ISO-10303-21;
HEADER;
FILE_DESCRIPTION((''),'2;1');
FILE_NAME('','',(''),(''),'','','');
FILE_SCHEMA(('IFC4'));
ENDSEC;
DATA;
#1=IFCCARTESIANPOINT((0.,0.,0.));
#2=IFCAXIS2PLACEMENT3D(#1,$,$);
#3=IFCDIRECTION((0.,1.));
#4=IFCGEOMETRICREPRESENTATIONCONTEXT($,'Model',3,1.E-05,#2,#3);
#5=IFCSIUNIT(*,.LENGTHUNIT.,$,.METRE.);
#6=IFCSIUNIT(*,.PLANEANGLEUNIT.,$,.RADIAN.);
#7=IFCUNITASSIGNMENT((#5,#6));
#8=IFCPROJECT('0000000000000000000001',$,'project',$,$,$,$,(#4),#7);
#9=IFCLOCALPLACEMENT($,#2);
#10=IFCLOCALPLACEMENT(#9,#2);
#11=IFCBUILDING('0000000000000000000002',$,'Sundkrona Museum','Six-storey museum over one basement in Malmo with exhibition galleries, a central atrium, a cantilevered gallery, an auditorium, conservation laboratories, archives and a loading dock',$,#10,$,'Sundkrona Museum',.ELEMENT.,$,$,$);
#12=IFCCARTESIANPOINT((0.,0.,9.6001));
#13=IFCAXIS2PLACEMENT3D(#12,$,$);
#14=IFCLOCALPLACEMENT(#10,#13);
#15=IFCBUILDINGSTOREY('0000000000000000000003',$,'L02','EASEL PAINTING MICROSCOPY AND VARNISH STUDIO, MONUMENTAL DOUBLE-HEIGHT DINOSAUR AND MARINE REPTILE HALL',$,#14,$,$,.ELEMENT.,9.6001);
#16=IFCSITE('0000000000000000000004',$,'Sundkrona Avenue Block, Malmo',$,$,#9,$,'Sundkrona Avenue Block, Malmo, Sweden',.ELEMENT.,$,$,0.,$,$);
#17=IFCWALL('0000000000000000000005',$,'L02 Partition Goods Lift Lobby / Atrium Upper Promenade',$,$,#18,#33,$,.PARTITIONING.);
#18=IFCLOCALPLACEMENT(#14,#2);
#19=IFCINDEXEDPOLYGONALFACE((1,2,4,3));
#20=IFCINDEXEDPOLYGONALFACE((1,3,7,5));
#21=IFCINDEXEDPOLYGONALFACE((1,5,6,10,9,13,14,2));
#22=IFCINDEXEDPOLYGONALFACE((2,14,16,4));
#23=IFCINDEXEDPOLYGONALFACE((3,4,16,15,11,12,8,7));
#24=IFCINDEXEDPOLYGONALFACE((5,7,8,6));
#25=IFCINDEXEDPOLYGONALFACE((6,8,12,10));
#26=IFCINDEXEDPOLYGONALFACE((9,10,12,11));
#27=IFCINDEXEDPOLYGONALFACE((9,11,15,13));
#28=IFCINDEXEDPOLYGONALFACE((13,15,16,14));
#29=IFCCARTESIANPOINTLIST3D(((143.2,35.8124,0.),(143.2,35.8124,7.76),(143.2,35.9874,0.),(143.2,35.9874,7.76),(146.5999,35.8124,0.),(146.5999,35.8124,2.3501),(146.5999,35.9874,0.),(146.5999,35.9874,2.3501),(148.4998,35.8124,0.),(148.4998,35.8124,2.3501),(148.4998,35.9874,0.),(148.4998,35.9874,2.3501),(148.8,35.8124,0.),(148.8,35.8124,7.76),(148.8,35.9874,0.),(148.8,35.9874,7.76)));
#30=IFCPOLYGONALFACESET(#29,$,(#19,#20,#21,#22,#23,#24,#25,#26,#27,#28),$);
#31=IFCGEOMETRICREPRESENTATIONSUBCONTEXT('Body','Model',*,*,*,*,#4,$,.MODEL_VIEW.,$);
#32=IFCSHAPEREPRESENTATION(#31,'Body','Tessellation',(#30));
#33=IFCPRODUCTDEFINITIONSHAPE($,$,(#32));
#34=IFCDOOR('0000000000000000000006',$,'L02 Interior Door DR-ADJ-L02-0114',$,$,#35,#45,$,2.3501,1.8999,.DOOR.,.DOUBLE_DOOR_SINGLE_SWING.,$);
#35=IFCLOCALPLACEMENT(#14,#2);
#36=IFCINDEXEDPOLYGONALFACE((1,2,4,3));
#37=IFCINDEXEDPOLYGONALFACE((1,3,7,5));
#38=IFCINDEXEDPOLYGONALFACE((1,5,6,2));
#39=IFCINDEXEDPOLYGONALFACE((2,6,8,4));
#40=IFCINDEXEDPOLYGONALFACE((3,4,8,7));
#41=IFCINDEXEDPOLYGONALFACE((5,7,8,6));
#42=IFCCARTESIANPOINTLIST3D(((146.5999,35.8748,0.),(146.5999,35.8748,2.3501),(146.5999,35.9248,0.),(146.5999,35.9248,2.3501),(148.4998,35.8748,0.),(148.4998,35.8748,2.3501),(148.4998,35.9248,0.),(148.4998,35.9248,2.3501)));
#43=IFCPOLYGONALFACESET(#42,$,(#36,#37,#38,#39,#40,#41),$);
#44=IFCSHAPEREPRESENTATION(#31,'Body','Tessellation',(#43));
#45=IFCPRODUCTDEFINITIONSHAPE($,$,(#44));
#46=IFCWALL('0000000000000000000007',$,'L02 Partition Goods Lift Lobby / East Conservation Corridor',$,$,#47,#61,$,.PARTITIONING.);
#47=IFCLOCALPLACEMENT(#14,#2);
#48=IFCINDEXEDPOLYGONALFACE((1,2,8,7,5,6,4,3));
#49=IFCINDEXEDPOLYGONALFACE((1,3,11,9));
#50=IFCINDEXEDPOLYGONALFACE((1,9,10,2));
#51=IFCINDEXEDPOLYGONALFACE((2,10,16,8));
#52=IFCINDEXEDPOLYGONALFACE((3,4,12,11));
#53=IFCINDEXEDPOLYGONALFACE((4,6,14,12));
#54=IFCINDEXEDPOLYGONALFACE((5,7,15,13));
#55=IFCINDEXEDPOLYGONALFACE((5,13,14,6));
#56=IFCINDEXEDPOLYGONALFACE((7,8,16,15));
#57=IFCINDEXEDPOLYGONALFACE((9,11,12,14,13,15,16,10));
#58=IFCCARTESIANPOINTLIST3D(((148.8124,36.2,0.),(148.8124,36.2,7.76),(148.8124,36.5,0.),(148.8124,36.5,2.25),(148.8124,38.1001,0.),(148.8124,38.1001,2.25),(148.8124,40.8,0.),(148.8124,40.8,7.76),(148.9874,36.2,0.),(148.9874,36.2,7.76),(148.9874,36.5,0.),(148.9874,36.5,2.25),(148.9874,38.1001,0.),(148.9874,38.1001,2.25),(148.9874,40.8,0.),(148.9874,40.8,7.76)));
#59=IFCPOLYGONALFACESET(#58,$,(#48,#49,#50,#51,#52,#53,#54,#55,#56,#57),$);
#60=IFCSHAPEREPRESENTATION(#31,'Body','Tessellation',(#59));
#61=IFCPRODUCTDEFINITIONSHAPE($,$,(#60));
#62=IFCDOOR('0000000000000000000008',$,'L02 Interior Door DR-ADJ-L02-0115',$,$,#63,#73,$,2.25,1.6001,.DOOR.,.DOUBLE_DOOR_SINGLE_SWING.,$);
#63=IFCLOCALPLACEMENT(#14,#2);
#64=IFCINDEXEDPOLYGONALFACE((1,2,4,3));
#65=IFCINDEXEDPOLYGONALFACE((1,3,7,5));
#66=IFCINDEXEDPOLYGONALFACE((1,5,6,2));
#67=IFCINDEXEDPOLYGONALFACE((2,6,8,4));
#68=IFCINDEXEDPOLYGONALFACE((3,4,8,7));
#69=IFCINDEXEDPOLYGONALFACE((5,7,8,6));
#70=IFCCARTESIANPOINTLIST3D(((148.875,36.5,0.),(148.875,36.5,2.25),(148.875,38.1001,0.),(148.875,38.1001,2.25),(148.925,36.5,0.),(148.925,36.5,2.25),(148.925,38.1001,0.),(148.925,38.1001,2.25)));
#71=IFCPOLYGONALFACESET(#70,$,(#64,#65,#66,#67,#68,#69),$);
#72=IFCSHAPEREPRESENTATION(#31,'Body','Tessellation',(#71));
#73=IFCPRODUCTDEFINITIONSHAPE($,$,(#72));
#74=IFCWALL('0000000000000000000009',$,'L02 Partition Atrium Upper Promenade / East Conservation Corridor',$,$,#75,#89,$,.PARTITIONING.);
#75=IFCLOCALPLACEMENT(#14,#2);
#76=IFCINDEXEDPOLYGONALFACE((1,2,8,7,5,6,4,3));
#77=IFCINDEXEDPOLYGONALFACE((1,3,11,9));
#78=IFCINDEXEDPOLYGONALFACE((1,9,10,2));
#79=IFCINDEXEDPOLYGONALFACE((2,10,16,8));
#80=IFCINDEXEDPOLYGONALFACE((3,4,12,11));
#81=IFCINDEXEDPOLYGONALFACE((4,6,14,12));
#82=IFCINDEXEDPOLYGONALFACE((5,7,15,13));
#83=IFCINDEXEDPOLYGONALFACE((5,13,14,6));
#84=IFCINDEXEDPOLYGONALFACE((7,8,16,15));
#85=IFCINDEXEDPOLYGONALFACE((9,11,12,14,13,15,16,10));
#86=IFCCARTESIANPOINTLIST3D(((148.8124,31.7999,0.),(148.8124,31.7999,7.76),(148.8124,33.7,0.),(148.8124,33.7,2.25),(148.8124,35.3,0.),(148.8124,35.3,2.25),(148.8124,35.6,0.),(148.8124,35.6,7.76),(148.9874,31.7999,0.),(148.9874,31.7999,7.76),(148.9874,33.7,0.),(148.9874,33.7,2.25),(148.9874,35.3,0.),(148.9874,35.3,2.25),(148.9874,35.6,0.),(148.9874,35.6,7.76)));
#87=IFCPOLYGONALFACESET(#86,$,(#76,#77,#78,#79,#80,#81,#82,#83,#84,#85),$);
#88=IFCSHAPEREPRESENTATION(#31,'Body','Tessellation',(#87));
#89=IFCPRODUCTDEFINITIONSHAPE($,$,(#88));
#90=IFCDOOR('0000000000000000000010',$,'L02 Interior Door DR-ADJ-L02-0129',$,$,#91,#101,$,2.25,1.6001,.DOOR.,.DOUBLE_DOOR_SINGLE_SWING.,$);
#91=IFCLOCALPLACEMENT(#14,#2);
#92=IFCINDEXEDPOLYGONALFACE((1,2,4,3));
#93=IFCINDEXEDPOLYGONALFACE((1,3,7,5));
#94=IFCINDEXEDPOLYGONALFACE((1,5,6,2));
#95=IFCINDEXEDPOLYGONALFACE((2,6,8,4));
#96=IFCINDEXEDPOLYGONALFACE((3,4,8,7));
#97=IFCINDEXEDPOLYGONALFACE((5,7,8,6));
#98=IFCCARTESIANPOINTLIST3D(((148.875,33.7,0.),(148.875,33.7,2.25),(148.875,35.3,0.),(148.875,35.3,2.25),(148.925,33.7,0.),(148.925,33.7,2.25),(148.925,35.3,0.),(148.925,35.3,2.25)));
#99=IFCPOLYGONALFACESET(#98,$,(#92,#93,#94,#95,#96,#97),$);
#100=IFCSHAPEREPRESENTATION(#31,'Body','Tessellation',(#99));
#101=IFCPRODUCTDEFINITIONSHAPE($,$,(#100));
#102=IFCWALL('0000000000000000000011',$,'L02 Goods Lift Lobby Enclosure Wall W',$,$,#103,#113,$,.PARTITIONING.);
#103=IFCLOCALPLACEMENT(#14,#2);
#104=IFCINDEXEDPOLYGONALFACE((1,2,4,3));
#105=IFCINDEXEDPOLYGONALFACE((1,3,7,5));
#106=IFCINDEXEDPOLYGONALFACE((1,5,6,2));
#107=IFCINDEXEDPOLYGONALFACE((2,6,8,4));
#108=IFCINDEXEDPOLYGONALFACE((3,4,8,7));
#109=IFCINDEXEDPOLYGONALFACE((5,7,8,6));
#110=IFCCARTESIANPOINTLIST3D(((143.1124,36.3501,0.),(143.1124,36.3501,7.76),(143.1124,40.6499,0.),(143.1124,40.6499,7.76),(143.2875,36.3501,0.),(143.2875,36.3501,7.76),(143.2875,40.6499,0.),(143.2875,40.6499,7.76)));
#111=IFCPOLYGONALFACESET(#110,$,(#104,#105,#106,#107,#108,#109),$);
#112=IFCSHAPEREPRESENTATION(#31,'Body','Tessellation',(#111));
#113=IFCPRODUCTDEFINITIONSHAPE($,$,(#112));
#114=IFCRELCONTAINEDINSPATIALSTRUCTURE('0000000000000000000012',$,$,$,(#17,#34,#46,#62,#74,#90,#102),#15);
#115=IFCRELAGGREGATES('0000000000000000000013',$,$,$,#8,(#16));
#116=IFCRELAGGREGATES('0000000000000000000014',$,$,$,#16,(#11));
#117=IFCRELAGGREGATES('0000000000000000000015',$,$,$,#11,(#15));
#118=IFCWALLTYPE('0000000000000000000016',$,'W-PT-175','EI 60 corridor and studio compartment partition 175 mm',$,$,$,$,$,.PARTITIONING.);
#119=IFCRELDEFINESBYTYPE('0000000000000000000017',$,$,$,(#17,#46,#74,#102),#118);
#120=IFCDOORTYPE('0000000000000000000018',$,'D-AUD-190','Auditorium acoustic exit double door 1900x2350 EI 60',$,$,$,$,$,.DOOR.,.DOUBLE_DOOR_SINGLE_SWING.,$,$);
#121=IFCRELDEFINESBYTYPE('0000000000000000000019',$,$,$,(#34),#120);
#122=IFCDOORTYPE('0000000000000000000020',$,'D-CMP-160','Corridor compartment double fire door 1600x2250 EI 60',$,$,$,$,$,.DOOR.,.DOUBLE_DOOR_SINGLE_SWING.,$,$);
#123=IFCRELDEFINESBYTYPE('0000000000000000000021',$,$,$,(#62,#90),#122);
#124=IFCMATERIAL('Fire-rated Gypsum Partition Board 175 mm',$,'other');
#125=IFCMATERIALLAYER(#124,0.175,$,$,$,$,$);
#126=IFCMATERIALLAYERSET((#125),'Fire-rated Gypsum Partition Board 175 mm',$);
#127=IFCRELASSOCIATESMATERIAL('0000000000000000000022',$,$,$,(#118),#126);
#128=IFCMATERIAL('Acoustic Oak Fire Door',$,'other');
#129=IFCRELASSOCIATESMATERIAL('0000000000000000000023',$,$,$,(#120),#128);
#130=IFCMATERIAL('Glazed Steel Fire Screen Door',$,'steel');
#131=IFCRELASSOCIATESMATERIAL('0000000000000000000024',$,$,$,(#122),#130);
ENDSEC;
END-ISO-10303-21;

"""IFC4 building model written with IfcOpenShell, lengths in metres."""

from ifc_helpers import new_model, si_unit, direction, frame, frame_2d, origin, place, context, subcontext, project, spatial, rectangle, extrude, material, layer, layer_set, type_object, element, fill, save


model = new_model("IFC4")

# Units and contexts
model_context = context("Model", 3, precision=1e-05, world=origin(), true_north=direction((0.0, 1.0)))
body_context = subcontext(model_context, "Body", "Model", "MODEL_VIEW")
ifc_project = project(units=[si_unit("LENGTHUNIT", "METRE"), si_unit("PLANEANGLEUNIT", "RADIAN")], contexts=[model_context])

# Site, building, storey
site_placement = place(None, origin())
site = spatial("IfcSite", under=ifc_project, at=site_placement, Name="Sundkrona Avenue Block, Malmo", LongName="Sundkrona Avenue Block, Malmo, Sweden", CompositionType="ELEMENT", RefElevation=0.0)
building_placement = place(site_placement, origin())
building = spatial("IfcBuilding", under=site, at=building_placement, Name="Sundkrona Museum", Description="Six-storey museum over one basement in Malmo with exhibition galleries, a central atrium, a cantilevered gallery, an auditorium, conservation laboratories, archives and a loading dock", LongName="Sundkrona Museum", CompositionType="ELEMENT")
storey_placement = place(building_placement, frame((0.0, 0.0, 9.6001)))
storey = spatial("IfcBuildingStorey", under=building, at=storey_placement, Name="L02", Description="EASEL PAINTING MICROSCOPY AND VARNISH STUDIO, MONUMENTAL DOUBLE-HEIGHT DINOSAUR AND MARINE REPTILE HALL", CompositionType="ELEMENT", Elevation=9.6001)

# Walls, openings, doors
ifc_material_1 = material(Name="Fire-rated Gypsum Partition Board 175 mm", Category="other")
ifc_layer_1 = layer(ifc_material_1, 0.175)
ifc_layer_set_1 = layer_set([ifc_layer_1], Name="Fire-rated Gypsum Partition Board 175 mm")
wall_type = type_object("IfcWallType", Name="W-PT-175", Description="EI 60 corridor and studio compartment partition 175 mm", PredefinedType="PARTITIONING", material=ifc_layer_set_1)
wall_1_placement = place(storey_placement, frame((143.2, 35.8999, 0.0), z_axis=(0.0, 0.0, 1.0), x_axis=(1.0, 0.0, 0.0)))
wall_1 = element("IfcWall", 1, at=wall_1_placement, inside=storey, type_object=wall_type, Name="L02 Partition Goods Lift Lobby / Atrium Upper Promenade", PredefinedType="PARTITIONING", context=body_context, shape_type="SweptSolid", body=[
    extrude(rectangle(XDim=5.6001, YDim=0.175, at=frame_2d((2.8, 0.0))), origin(), (0.0, 0.0, 1.0), 7.76),
])
opening_1_placement = place(wall_1_placement, frame((3.3999, 0.0, 0.0)))
opening_1 = element("IfcOpeningElement", 2, at=opening_1_placement, cuts=wall_1, PredefinedType="OPENING", context=body_context, shape_type="SweptSolid", body=[
    extrude(rectangle(XDim=1.8999, YDim=2.3501, at=frame_2d((0.95, 1.175))), frame((0.0, 0.0974, 0.0), z_axis=(0.0, -1.0, 0.0), x_axis=(1.0, 0.0, 0.0)), (0.0, 0.0, 1.0), 0.1951),
])
ifc_material_2 = material(Name="Acoustic Oak Fire Door", Category="other")
door_type_1 = type_object("IfcDoorType", Name="D-AUD-190", Description="Auditorium acoustic exit double door 1900x2350 EI 60", OperationType="DOUBLE_DOOR_SINGLE_SWING", PredefinedType="DOOR", material=ifc_material_2)
door_1_placement = place(opening_1_placement, origin())
door_1 = element("IfcDoor", 3, at=door_1_placement, inside=storey, type_object=door_type_1, Name="L02 Interior Door DR-ADJ-L02-0114", OperationType="DOUBLE_DOOR_SINGLE_SWING", OverallHeight=2.3501, OverallWidth=1.8999, PredefinedType="DOOR", context=body_context, shape_type="SweptSolid", body=[
    extrude(rectangle(XDim=1.8999, YDim=2.3501, at=frame_2d((0.95, 1.175))), frame((0.0, 0.0249, 0.0), z_axis=(0.0, -1.0, 0.0), x_axis=(1.0, 0.0, 0.0)), (0.0, 0.0, 1.0), 0.05),
])
fill(opening_1, door_1)
wall_2_placement = place(storey_placement, frame((148.8999, 36.2, 0.0), z_axis=(0.0, 0.0, 1.0), x_axis=(0.0, 1.0, 0.0)))
wall_2 = element("IfcWall", 4, at=wall_2_placement, inside=storey, type_object=wall_type, Name="L02 Partition Goods Lift Lobby / East Conservation Corridor", PredefinedType="PARTITIONING", context=body_context, shape_type="SweptSolid", body=[
    extrude(rectangle(XDim=4.6001, YDim=0.175, at=frame_2d((2.3, 0.0))), origin(), (0.0, 0.0, 1.0), 7.76),
])
opening_2_placement = place(wall_2_placement, frame((0.3, 0.0, 0.0)))
opening_2 = element("IfcOpeningElement", 5, at=opening_2_placement, cuts=wall_2, PredefinedType="OPENING", context=body_context, shape_type="SweptSolid", body=[
    extrude(rectangle(XDim=1.6001, YDim=2.25, at=frame_2d((0.8, 1.125))), frame((0.0, 0.0974, 0.0), z_axis=(0.0, -1.0, 0.0), x_axis=(1.0, 0.0, 0.0)), (0.0, 0.0, 1.0), 0.1951),
])
ifc_material_3 = material(Name="Glazed Steel Fire Screen Door", Category="steel")
door_type_2 = type_object("IfcDoorType", Name="D-CMP-160", Description="Corridor compartment double fire door 1600x2250 EI 60", OperationType="DOUBLE_DOOR_SINGLE_SWING", PredefinedType="DOOR", material=ifc_material_3)
door_2_placement = place(opening_2_placement, origin())
door_2 = element("IfcDoor", 6, at=door_2_placement, inside=storey, type_object=door_type_2, Name="L02 Interior Door DR-ADJ-L02-0115", OperationType="DOUBLE_DOOR_SINGLE_SWING", OverallHeight=2.25, OverallWidth=1.6001, PredefinedType="DOOR", context=body_context, shape_type="SweptSolid", body=[
    extrude(rectangle(XDim=1.6001, YDim=2.25, at=frame_2d((0.8, 1.125))), frame((0.0, 0.0249, 0.0), z_axis=(0.0, -1.0, 0.0), x_axis=(1.0, 0.0, 0.0)), (0.0, 0.0, 1.0), 0.05),
])
fill(opening_2, door_2)
wall_3_placement = place(storey_placement, frame((148.8999, 31.8, 0.0), z_axis=(0.0, 0.0, 1.0), x_axis=(0.0, 1.0, 0.0)))
wall_3 = element("IfcWall", 7, at=wall_3_placement, inside=storey, type_object=wall_type, Name="L02 Partition Atrium Upper Promenade / East Conservation Corridor", PredefinedType="PARTITIONING", context=body_context, shape_type="SweptSolid", body=[
    extrude(rectangle(XDim=3.8, YDim=0.175, at=frame_2d((1.8999, 0.0))), origin(), (0.0, 0.0, 1.0), 7.76),
])
opening_3_placement = place(wall_3_placement, frame((1.8999, 0.0, 0.0)))
opening_3 = element("IfcOpeningElement", 8, at=opening_3_placement, cuts=wall_3, PredefinedType="OPENING", context=body_context, shape_type="SweptSolid", body=[
    extrude(rectangle(XDim=1.6001, YDim=2.25, at=frame_2d((0.8, 1.125))), frame((0.0, 0.0974, 0.0), z_axis=(0.0, -1.0, 0.0), x_axis=(1.0, 0.0, 0.0)), (0.0, 0.0, 1.0), 0.1951),
])
door_3_placement = place(opening_3_placement, origin())
door_3 = element("IfcDoor", 9, at=door_3_placement, inside=storey, type_object=door_type_2, Name="L02 Interior Door DR-ADJ-L02-0129", OperationType="DOUBLE_DOOR_SINGLE_SWING", OverallHeight=2.25, OverallWidth=1.6001, PredefinedType="DOOR", context=body_context, shape_type="SweptSolid", body=[
    extrude(rectangle(XDim=1.6001, YDim=2.25, at=frame_2d((0.8, 1.125))), frame((0.0, 0.0249, 0.0), z_axis=(0.0, -1.0, 0.0), x_axis=(1.0, 0.0, 0.0)), (0.0, 0.0, 1.0), 0.05),
])
fill(opening_3, door_3)

# Wall
wall_4_placement = place(storey_placement, frame((143.2, 36.3501, 0.0), z_axis=(0.0, 0.0, 1.0), x_axis=(0.0, 1.0, 0.0)))
element("IfcWall", 10, at=wall_4_placement, inside=storey, type_object=wall_type, Name="L02 Goods Lift Lobby Enclosure Wall W", PredefinedType="PARTITIONING", context=body_context, shape_type="SweptSolid", body=[
    extrude(rectangle(XDim=4.2998, YDim=0.175, at=frame_2d((2.1499, 0.0))), origin(), (0.0, 0.0, 1.0), 7.76),
])

save(model, "model.ifc")
